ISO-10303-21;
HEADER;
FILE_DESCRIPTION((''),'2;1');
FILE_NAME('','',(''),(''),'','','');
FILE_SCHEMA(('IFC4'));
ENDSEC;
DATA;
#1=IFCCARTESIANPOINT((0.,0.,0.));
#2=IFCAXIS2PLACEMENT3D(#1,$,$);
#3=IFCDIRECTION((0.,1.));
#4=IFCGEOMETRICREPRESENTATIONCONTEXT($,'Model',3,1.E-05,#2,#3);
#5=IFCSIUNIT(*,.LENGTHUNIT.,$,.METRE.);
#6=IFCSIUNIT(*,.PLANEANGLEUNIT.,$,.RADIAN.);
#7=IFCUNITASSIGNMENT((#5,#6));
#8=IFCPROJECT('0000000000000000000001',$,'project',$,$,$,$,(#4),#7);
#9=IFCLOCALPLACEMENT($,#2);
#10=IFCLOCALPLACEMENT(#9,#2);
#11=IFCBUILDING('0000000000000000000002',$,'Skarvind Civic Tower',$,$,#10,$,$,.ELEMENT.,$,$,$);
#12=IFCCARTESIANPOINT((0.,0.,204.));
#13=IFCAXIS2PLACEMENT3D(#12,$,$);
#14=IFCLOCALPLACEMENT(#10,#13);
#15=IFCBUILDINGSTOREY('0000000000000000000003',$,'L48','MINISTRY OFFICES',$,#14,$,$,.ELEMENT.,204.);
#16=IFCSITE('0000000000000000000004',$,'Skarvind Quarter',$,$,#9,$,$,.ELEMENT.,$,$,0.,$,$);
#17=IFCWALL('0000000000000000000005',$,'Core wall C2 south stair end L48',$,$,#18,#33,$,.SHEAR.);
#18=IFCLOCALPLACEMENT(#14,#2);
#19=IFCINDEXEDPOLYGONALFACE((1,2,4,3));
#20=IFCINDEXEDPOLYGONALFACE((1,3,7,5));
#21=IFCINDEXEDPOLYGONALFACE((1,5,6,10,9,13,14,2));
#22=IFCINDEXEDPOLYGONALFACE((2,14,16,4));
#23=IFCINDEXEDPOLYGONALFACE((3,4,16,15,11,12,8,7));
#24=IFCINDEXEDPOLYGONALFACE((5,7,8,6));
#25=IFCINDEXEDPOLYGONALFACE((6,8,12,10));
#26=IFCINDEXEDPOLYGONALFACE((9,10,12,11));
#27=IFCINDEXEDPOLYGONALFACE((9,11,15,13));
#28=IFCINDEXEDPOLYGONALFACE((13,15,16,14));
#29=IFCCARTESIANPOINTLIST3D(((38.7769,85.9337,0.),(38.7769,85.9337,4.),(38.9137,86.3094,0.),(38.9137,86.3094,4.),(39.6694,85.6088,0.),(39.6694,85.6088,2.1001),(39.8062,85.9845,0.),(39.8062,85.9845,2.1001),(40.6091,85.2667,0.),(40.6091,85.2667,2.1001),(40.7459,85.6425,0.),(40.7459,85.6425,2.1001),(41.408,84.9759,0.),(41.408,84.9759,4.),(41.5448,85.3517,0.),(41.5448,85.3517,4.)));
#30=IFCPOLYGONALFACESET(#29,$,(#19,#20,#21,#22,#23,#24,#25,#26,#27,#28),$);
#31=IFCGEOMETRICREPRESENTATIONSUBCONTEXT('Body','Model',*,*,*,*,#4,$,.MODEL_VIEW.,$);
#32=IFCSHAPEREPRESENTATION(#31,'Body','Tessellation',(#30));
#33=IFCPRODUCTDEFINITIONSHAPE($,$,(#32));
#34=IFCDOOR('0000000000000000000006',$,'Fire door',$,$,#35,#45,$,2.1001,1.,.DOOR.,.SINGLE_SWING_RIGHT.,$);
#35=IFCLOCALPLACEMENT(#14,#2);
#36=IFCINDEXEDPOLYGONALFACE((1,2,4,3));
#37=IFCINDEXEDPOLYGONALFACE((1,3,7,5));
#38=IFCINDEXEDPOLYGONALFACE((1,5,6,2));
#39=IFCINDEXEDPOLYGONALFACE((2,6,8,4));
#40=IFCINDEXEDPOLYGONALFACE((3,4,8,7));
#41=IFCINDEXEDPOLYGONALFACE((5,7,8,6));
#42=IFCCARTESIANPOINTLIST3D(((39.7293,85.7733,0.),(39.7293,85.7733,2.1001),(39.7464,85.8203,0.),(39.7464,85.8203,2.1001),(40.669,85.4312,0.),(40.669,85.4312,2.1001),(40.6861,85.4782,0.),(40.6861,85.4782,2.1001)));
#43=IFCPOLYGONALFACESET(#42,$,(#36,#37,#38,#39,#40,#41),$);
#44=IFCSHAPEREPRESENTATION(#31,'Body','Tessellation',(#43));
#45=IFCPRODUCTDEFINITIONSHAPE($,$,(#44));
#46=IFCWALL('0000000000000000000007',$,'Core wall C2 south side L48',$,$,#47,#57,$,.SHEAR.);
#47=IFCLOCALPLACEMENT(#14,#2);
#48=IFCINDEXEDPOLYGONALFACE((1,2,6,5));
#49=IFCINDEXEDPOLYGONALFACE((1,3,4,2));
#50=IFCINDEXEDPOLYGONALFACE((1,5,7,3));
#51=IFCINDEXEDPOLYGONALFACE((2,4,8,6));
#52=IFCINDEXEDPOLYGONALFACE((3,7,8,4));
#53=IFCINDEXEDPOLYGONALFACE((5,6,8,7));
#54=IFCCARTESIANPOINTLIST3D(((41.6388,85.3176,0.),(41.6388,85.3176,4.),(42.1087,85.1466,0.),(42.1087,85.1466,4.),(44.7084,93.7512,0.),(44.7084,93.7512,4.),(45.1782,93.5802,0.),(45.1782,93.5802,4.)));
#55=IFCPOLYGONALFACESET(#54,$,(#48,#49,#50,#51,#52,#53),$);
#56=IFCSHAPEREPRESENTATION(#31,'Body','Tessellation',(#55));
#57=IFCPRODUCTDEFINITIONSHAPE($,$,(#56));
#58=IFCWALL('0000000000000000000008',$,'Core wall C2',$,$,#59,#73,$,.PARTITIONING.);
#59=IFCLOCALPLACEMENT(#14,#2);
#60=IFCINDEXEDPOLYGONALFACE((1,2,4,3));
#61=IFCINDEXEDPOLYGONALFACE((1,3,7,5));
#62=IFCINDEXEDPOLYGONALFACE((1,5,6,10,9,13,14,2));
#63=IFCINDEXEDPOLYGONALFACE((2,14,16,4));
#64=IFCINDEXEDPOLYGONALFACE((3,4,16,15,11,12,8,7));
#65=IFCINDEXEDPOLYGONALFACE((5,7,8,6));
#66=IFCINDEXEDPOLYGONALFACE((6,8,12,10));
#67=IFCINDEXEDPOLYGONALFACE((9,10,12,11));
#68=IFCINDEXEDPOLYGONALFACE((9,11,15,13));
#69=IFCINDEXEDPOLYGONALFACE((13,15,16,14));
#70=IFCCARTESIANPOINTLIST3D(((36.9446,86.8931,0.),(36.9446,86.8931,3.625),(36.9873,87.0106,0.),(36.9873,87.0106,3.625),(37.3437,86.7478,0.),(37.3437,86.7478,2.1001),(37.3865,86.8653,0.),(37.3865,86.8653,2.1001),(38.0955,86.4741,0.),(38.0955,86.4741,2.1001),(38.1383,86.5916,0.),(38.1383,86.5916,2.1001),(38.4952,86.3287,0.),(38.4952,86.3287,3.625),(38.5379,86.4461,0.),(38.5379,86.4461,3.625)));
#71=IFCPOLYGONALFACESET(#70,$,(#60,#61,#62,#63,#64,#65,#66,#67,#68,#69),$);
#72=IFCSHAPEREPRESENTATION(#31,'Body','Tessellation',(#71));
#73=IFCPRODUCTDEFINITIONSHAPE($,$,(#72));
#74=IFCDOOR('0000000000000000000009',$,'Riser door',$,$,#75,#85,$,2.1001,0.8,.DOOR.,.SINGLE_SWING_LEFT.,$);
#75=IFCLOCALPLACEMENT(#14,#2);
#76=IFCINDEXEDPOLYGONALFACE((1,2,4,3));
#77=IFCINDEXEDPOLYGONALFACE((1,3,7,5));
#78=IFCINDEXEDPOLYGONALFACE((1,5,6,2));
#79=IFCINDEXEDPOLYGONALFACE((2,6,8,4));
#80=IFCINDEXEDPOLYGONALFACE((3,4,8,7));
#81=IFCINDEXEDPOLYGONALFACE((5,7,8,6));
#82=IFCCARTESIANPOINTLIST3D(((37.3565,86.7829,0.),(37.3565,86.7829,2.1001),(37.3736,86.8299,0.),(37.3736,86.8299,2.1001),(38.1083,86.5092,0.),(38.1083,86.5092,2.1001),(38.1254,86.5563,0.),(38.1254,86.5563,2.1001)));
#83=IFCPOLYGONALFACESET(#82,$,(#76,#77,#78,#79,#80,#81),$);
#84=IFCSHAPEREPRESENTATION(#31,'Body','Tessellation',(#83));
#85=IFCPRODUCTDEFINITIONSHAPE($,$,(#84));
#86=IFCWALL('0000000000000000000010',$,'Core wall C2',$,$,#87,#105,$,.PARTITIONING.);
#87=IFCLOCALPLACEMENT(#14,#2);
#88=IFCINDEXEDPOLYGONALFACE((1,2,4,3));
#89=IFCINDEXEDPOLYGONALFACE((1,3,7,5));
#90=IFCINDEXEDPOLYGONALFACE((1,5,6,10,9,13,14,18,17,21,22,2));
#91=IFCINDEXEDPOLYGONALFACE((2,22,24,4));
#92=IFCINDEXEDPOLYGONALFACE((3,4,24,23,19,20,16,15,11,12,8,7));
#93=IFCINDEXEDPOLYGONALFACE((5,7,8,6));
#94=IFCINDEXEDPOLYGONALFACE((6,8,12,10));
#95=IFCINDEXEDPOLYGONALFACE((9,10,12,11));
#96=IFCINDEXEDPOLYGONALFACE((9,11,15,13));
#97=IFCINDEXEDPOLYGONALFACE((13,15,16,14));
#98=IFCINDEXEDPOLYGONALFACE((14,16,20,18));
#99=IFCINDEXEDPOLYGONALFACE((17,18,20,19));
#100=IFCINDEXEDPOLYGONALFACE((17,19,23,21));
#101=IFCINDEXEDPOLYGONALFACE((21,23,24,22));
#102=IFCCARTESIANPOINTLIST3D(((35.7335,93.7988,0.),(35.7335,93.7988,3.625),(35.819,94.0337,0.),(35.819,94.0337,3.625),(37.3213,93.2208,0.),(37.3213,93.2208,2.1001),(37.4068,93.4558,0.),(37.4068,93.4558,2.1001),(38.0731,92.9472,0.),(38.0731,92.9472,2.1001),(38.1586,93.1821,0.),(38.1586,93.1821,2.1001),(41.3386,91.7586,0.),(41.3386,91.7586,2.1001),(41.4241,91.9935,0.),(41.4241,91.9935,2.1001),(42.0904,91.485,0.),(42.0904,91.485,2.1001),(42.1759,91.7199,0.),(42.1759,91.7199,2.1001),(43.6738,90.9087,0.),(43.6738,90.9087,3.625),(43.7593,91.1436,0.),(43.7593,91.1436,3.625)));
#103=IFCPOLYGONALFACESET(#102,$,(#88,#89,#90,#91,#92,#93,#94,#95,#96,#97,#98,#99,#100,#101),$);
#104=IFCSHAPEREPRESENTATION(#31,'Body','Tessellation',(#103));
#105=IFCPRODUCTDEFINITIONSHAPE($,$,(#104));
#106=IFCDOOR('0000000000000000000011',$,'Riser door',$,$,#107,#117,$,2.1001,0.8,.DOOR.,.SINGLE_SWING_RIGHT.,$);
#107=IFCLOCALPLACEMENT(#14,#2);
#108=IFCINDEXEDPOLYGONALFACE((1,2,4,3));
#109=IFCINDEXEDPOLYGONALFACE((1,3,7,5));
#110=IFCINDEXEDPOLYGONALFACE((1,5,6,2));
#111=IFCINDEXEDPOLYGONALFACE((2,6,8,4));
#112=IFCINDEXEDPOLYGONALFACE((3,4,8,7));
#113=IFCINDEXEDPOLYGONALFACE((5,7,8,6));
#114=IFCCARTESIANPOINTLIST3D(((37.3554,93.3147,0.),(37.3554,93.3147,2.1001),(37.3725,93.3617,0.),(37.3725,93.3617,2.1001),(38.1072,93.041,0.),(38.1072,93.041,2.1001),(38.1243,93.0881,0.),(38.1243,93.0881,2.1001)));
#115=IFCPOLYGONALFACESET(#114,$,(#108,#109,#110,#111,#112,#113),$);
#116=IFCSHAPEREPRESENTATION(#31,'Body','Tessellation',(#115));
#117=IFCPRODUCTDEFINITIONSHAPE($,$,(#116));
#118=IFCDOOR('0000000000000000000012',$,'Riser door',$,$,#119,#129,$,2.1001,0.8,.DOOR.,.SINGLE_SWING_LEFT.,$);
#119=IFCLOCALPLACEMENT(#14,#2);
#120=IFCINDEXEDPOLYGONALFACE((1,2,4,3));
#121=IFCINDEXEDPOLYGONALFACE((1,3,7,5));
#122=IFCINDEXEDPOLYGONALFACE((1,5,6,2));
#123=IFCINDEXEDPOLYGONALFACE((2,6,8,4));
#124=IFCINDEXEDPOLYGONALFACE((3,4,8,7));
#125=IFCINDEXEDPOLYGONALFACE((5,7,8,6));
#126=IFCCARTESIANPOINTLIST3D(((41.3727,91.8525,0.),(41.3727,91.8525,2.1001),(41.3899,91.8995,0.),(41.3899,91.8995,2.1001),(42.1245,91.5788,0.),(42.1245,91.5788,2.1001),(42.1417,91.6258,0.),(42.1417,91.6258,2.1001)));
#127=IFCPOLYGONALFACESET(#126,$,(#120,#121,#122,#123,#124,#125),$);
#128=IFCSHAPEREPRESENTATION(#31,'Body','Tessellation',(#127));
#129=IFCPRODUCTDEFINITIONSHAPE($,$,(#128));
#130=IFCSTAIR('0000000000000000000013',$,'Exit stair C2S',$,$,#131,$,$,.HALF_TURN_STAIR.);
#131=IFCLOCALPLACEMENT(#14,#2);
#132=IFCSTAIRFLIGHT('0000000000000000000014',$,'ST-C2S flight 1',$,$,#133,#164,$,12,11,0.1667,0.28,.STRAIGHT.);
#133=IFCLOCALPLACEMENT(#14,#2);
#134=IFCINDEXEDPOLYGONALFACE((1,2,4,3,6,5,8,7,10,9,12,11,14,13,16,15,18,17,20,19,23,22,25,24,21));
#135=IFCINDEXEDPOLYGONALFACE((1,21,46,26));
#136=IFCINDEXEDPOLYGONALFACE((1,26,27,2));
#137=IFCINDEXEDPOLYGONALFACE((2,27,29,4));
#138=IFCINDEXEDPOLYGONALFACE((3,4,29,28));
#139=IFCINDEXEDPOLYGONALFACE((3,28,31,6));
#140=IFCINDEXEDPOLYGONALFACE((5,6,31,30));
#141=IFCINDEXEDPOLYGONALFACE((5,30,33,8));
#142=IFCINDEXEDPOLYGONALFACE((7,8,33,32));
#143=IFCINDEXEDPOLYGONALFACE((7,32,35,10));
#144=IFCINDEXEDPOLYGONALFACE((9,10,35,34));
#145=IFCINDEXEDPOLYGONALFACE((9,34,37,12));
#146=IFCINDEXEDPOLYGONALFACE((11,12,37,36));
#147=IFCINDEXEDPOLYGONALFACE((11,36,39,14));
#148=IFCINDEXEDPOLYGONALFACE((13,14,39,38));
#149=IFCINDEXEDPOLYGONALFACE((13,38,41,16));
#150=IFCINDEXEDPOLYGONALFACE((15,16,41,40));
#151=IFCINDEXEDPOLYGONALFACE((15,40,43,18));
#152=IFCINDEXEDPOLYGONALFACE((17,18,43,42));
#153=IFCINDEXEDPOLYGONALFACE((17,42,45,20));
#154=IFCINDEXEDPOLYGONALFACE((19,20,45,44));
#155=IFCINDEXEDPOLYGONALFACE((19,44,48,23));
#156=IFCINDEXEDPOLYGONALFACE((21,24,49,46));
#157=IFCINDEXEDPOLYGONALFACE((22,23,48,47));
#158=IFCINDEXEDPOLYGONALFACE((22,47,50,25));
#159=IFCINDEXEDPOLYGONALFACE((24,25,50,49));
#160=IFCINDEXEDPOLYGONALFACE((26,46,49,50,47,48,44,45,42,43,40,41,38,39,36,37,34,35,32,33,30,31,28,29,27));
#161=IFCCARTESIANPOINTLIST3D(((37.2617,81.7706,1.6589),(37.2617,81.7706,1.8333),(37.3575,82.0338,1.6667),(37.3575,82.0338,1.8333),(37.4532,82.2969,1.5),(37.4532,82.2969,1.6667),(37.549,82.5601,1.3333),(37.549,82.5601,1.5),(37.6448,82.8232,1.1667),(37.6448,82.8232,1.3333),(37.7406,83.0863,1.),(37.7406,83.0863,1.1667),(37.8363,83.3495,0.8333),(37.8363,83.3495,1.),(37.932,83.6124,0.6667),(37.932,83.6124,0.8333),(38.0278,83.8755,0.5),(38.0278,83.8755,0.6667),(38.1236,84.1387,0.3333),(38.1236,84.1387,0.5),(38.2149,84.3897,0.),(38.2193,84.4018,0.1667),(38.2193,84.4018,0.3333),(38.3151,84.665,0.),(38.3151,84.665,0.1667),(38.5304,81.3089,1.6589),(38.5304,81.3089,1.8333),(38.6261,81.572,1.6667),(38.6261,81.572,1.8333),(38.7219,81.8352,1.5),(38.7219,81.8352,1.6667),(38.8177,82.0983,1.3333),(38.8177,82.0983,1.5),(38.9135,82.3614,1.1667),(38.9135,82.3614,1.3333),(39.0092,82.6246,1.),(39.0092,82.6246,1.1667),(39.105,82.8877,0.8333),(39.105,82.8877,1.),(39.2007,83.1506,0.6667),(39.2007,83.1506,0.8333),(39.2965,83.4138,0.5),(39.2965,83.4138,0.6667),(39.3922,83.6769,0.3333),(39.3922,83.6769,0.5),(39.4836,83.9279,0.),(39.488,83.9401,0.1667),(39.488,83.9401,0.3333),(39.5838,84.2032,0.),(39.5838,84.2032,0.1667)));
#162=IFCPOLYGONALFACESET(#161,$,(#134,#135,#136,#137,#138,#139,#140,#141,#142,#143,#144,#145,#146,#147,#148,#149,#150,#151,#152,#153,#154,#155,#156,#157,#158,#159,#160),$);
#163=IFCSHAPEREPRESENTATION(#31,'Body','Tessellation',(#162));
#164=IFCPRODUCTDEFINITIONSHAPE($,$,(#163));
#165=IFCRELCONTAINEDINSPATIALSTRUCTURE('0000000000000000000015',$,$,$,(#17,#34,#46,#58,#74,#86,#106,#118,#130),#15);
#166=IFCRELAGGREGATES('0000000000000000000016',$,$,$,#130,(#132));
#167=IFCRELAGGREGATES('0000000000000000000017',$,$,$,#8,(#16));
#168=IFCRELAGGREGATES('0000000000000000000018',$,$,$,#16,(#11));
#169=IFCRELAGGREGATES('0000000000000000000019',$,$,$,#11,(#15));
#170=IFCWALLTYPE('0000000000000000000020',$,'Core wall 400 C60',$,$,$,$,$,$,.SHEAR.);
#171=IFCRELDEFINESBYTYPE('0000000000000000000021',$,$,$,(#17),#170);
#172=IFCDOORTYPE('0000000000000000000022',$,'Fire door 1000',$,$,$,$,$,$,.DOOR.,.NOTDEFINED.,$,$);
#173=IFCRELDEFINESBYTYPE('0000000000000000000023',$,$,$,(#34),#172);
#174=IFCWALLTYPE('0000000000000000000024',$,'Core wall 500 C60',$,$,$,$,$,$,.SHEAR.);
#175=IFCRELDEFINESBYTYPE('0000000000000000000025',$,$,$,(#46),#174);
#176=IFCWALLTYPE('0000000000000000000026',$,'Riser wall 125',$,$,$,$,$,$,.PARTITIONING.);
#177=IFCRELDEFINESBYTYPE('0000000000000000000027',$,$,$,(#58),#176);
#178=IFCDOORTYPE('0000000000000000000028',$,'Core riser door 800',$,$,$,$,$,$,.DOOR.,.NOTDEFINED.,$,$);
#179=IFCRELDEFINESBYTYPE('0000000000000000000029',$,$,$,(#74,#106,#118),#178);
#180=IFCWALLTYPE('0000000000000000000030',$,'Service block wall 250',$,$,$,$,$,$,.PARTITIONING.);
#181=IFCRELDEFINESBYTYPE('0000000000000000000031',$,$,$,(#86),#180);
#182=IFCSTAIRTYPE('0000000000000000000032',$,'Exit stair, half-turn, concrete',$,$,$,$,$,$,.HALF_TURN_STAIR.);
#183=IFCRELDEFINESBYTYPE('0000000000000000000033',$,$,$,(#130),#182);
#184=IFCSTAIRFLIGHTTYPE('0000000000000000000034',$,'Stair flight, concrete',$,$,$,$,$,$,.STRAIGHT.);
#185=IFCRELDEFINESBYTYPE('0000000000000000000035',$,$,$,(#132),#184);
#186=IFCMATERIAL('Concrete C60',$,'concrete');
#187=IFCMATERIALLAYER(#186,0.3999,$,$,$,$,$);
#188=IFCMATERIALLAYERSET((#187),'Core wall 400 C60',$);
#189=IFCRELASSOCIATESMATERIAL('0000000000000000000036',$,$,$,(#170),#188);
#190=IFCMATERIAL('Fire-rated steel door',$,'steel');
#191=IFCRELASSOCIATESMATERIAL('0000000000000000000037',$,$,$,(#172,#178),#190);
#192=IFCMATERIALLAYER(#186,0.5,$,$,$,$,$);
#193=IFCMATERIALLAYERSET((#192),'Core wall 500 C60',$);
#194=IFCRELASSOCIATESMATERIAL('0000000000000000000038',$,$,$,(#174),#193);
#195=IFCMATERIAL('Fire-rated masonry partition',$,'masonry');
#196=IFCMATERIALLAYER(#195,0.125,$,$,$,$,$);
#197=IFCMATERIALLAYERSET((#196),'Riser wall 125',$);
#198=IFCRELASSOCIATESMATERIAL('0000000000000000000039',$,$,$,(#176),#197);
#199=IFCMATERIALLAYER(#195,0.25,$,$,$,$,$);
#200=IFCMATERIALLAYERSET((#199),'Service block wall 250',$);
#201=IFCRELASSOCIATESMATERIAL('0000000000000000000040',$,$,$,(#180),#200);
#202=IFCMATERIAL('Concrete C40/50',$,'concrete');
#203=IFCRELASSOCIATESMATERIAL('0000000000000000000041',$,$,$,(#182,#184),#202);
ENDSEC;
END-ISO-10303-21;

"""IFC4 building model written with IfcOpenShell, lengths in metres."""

from ifc_helpers import new_model, si_unit, direction, frame, frame_2d, origin, place, context, subcontext, project, spatial, polyline, rectangle, outline, extrude, material, layer, layer_set, type_object, element, fill, aggregate, save


model = new_model("IFC4")

# Units and contexts
model_context = context("Model", 3, precision=1e-05, world=origin(), true_north=direction((0.0, 1.0)))
body_context = subcontext(model_context, "Body", "Model", "MODEL_VIEW")
ifc_project = project(units=[si_unit("LENGTHUNIT", "METRE"), si_unit("PLANEANGLEUNIT", "RADIAN")], contexts=[model_context])

# Site, building, storey
site_placement = place(None, origin())
site = spatial("IfcSite", under=ifc_project, at=site_placement, Name="Skarvind Quarter", CompositionType="ELEMENT", RefElevation=0.0)
building_placement = place(site_placement, origin())
building = spatial("IfcBuilding", under=site, at=building_placement, Name="Skarvind Civic Tower", CompositionType="ELEMENT")
storey_placement = place(building_placement, frame((0.0, 0.0, 204.0)))
storey = spatial("IfcBuildingStorey", under=building, at=storey_placement, Name="L48", Description="MINISTRY OFFICES", CompositionType="ELEMENT", Elevation=204.0)

# Shared definitions
ifc_material_1 = material(Name="Concrete C60", Category="concrete")

# Shared definitions
ifc_material_2 = material(Name="Fire-rated masonry partition", Category="masonry")
ifc_material_3 = material(Name="Fire-rated steel door", Category="steel")

# Wall, opening, door
ifc_layer_1 = layer(ifc_material_1, 0.3999)
ifc_layer_set_1 = layer_set([ifc_layer_1], Name="Core wall 400 C60")
wall_type_1 = type_object("IfcWallType", Name="Core wall 400 C60", PredefinedType="SHEAR", material=ifc_layer_set_1)
wall_1_placement = place(storey_placement, frame((41.4763, 85.1638, 0.0), z_axis=(0.0, 0.0, 1.0), x_axis=(-0.939679, 0.342058, 0.0)))
wall_1 = element("IfcWall", 1, at=wall_1_placement, inside=storey, type_object=wall_type_1, Name="Core wall C2 south stair end L48", PredefinedType="SHEAR", context=body_context, shape_type="SweptSolid", body=[
    extrude(rectangle(XDim=2.8, YDim=0.3999, at=frame_2d((1.3999, 0.0))), origin(), (0.0, 0.0, 1.0), 4.0),
])
opening_1_placement = place(wall_1_placement, frame((0.8501, 0.0, 0.0)))
opening_1 = element("IfcOpeningElement", 2, at=opening_1_placement, cuts=wall_1, PredefinedType="OPENING", context=body_context, shape_type="SweptSolid", body=[
    extrude(rectangle(XDim=1.0, YDim=2.1001, at=frame_2d((0.5, 1.05))), frame((0.0, 0.21, 0.0), z_axis=(0.0, -1.0, 0.0), x_axis=(1.0, 0.0, 0.0)), (0.0, 0.0, 1.0), 0.4199),
])
door_type_1 = type_object("IfcDoorType", Name="Fire door 1000", OperationType="NOTDEFINED", PredefinedType="DOOR", material=ifc_material_3)
door_1_placement = place(opening_1_placement, origin())
door_1 = element("IfcDoor", 3, at=door_1_placement, inside=storey, type_object=door_type_1, Name="Fire door", OperationType="SINGLE_SWING_RIGHT", OverallHeight=2.1001, OverallWidth=1.0, PredefinedType="DOOR", context=body_context, shape_type="SweptSolid", body=[
    extrude(rectangle(XDim=1.0, YDim=2.1001, at=frame_2d((0.5, 1.05))), frame((0.0, 0.0249, 0.0), z_axis=(0.0, -1.0, 0.0), x_axis=(1.0, 0.0, 0.0)), (0.0, 0.0, 1.0), 0.05),
])
fill(opening_1, door_1)

# Wall
ifc_layer_2 = layer(ifc_material_1, 0.5)
ifc_layer_set_2 = layer_set([ifc_layer_2], Name="Core wall 500 C60")
wall_type_2 = type_object("IfcWallType", Name="Core wall 500 C60", PredefinedType="SHEAR", material=ifc_layer_set_2)
wall_2_placement = place(storey_placement, frame((41.8738, 85.2322, 0.0), z_axis=(0.0, 0.0, 1.0), x_axis=(0.34202, 0.939693, 0.0)))
element("IfcWall", 4, at=wall_2_placement, inside=storey, type_object=wall_type_2, Name="Core wall C2 south side L48", PredefinedType="SHEAR", context=body_context, shape_type="SweptSolid", body=[
    extrude(rectangle(XDim=8.9749, YDim=0.5, at=frame_2d((4.4873, 0.0))), origin(), (0.0, 0.0, 1.0), 4.0),
])

# Wall, opening, door
ifc_layer_3 = layer(ifc_material_2, 0.125)
ifc_layer_set_3 = layer_set([ifc_layer_3], Name="Riser wall 125")
wall_type_3 = type_object("IfcWallType", Name="Riser wall 125", PredefinedType="PARTITIONING", material=ifc_layer_set_3)
wall_3_placement = place(storey_placement, frame((36.9658, 86.9519, 0.0), z_axis=(0.0, 0.0, 1.0), x_axis=(0.939672, -0.342076, 0.0)))
wall_3 = element("IfcWall", 5, at=wall_3_placement, inside=storey, type_object=wall_type_3, Name="Core wall C2", PredefinedType="PARTITIONING", context=body_context, shape_type="SweptSolid", body=[
    extrude(rectangle(XDim=1.6501, YDim=0.125, at=frame_2d((0.8252, 0.0))), origin(), (0.0, 0.0, 1.0), 3.625),
])
opening_2_placement = place(wall_3_placement, frame((0.425, 0.0, 0.0)))
opening_2 = element("IfcOpeningElement", 6, at=opening_2_placement, cuts=wall_3, PredefinedType="OPENING", context=body_context, shape_type="SweptSolid", body=[
    extrude(rectangle(XDim=0.8, YDim=2.1001, at=frame_2d((0.3999, 1.05))), frame((0.0, 0.0725, 0.0), z_axis=(0.0, -1.0, 0.0), x_axis=(1.0, 0.0, 0.0)), (0.0, 0.0, 1.0), 0.145),
])
door_type_2 = type_object("IfcDoorType", Name="Core riser door 800", OperationType="NOTDEFINED", PredefinedType="DOOR", material=ifc_material_3)
door_2_placement = place(opening_2_placement, origin())
door_2 = element("IfcDoor", 7, at=door_2_placement, inside=storey, type_object=door_type_2, Name="Riser door", OperationType="SINGLE_SWING_LEFT", OverallHeight=2.1001, OverallWidth=0.8, PredefinedType="DOOR", context=body_context, shape_type="SweptSolid", body=[
    extrude(rectangle(XDim=0.8, YDim=2.1001, at=frame_2d((0.3999, 1.05))), frame((0.0, 0.0249, 0.0), z_axis=(0.0, -1.0, 0.0), x_axis=(1.0, 0.0, 0.0)), (0.0, 0.0, 1.0), 0.05),
])
fill(opening_2, door_2)

# Wall, openings, doors
ifc_layer_4 = layer(ifc_material_2, 0.25)
ifc_layer_set_4 = layer_set([ifc_layer_4], Name="Service block wall 250")
wall_type_4 = type_object("IfcWallType", Name="Service block wall 250", PredefinedType="PARTITIONING", material=ifc_layer_set_4)
wall_4_placement = place(storey_placement, frame((35.7761, 93.9163, 0.0), z_axis=(0.0, 0.0, 1.0), x_axis=(0.93969, -0.342026, 0.0)))
wall_4 = element("IfcWall", 8, at=wall_4_placement, inside=storey, type_object=wall_type_4, Name="Core wall C2", PredefinedType="PARTITIONING", context=body_context, shape_type="SweptSolid", body=[
    extrude(rectangle(XDim=8.45, YDim=0.25, at=frame_2d((4.2251, 0.0))), origin(), (0.0, 0.0, 1.0), 3.625),
])
opening_3_placement = place(wall_4_placement, frame((1.6899, 0.0, 0.0)))
opening_3 = element("IfcOpeningElement", 9, at=opening_3_placement, cuts=wall_4, PredefinedType="OPENING", context=body_context, shape_type="SweptSolid", body=[
    extrude(rectangle(XDim=0.8, YDim=2.1001, at=frame_2d((0.3999, 1.05))), frame((0.0, 0.135, 0.0), z_axis=(0.0, -1.0, 0.0), x_axis=(1.0, 0.0, 0.0)), (0.0, 0.0, 1.0), 0.27),
])
opening_4_placement = place(wall_4_placement, frame((5.9651, 0.0, 0.0)))
opening_4 = element("IfcOpeningElement", 10, at=opening_4_placement, cuts=wall_4, PredefinedType="OPENING", context=body_context, shape_type="SweptSolid", body=[
    extrude(rectangle(XDim=0.8, YDim=2.1001, at=frame_2d((0.3999, 1.05))), frame((0.0, 0.135, 0.0), z_axis=(0.0, -1.0, 0.0), x_axis=(1.0, 0.0, 0.0)), (0.0, 0.0, 1.0), 0.27),
])
door_3_placement = place(opening_3_placement, origin())
door_3 = element("IfcDoor", 11, at=door_3_placement, inside=storey, type_object=door_type_2, Name="Riser door", OperationType="SINGLE_SWING_RIGHT", OverallHeight=2.1001, OverallWidth=0.8, PredefinedType="DOOR", context=body_context, shape_type="SweptSolid", body=[
    extrude(rectangle(XDim=0.8, YDim=2.1001, at=frame_2d((0.3999, 1.05))), frame((0.0, 0.0249, 0.0), z_axis=(0.0, -1.0, 0.0), x_axis=(1.0, 0.0, 0.0)), (0.0, 0.0, 1.0), 0.05),
])
fill(opening_3, door_3)
door_4_placement = place(opening_4_placement, origin())
door_4 = element("IfcDoor", 12, at=door_4_placement, inside=storey, type_object=door_type_2, Name="Riser door", OperationType="SINGLE_SWING_LEFT", OverallHeight=2.1001, OverallWidth=0.8, PredefinedType="DOOR", context=body_context, shape_type="SweptSolid", body=[
    extrude(rectangle(XDim=0.8, YDim=2.1001, at=frame_2d((0.3999, 1.05))), frame((0.0, 0.0249, 0.0), z_axis=(0.0, -1.0, 0.0), x_axis=(1.0, 0.0, 0.0)), (0.0, 0.0, 1.0), 0.05),
])
fill(opening_4, door_4)

# Stair, stair flight
ifc_material_4 = material(Name="Concrete C40/50", Category="concrete")
stair_type = type_object("IfcStairType", Name="Exit stair, half-turn, concrete", PredefinedType="HALF_TURN_STAIR", material=ifc_material_4)
stair_placement = place(storey_placement, origin())
stair = element("IfcStair", 13, at=stair_placement, inside=storey, type_object=stair_type, Name="Exit stair C2S", PredefinedType="HALF_TURN_STAIR")
stair_flight_type = type_object("IfcStairFlightType", Name="Stair flight, concrete", PredefinedType="STRAIGHT", material=ifc_material_4)
stair_flight_placement = place(storey_placement, frame((38.9495, 84.4341, 0.0), z_axis=(0.0, 0.0, 1.0), x_axis=(-0.34202, -0.939693, 0.0)))
stair_flight = element("IfcStairFlight", 14, at=stair_flight_placement, type_object=stair_flight_type, Name="ST-C2S flight 1", NumberOfRisers=12, NumberOfTreads=11, PredefinedType="STRAIGHT", RiserHeight=0.1667, TreadLength=0.28, context=body_context, shape_type="SweptSolid", body=[
    extrude(outline(polyline([(0.0, 0.0), (0.0, 0.1667), (0.28, 0.1667), (0.28, 0.3333), (0.5601, 0.3333), (0.5601, 0.5), (0.8401, 0.5), (0.8401, 0.6667), (1.1201, 0.6667), (1.1201, 0.8333), (1.3999, 0.8333), (1.3999, 1.0), (1.6799, 1.0), (1.6799, 1.1667), (1.96, 1.1667), (1.96, 1.3333), (2.24, 1.3333), (2.24, 1.5), (2.52, 1.5), (2.52, 1.6667), (2.8, 1.6667), (2.8, 1.8333), (3.0801, 1.8333), (3.0801, 2.0), (3.0801, 1.6589), (0.293, 0.0), (0.0, 0.0)])), frame((0.0, 0.675, 0.0), z_axis=(0.0, -1.0, 0.0), x_axis=(1.0, 0.0, 0.0)), (0.0, 0.0, 1.0), 1.3501),
])
aggregate(stair, [stair_flight])

save(model, "model.ifc")
